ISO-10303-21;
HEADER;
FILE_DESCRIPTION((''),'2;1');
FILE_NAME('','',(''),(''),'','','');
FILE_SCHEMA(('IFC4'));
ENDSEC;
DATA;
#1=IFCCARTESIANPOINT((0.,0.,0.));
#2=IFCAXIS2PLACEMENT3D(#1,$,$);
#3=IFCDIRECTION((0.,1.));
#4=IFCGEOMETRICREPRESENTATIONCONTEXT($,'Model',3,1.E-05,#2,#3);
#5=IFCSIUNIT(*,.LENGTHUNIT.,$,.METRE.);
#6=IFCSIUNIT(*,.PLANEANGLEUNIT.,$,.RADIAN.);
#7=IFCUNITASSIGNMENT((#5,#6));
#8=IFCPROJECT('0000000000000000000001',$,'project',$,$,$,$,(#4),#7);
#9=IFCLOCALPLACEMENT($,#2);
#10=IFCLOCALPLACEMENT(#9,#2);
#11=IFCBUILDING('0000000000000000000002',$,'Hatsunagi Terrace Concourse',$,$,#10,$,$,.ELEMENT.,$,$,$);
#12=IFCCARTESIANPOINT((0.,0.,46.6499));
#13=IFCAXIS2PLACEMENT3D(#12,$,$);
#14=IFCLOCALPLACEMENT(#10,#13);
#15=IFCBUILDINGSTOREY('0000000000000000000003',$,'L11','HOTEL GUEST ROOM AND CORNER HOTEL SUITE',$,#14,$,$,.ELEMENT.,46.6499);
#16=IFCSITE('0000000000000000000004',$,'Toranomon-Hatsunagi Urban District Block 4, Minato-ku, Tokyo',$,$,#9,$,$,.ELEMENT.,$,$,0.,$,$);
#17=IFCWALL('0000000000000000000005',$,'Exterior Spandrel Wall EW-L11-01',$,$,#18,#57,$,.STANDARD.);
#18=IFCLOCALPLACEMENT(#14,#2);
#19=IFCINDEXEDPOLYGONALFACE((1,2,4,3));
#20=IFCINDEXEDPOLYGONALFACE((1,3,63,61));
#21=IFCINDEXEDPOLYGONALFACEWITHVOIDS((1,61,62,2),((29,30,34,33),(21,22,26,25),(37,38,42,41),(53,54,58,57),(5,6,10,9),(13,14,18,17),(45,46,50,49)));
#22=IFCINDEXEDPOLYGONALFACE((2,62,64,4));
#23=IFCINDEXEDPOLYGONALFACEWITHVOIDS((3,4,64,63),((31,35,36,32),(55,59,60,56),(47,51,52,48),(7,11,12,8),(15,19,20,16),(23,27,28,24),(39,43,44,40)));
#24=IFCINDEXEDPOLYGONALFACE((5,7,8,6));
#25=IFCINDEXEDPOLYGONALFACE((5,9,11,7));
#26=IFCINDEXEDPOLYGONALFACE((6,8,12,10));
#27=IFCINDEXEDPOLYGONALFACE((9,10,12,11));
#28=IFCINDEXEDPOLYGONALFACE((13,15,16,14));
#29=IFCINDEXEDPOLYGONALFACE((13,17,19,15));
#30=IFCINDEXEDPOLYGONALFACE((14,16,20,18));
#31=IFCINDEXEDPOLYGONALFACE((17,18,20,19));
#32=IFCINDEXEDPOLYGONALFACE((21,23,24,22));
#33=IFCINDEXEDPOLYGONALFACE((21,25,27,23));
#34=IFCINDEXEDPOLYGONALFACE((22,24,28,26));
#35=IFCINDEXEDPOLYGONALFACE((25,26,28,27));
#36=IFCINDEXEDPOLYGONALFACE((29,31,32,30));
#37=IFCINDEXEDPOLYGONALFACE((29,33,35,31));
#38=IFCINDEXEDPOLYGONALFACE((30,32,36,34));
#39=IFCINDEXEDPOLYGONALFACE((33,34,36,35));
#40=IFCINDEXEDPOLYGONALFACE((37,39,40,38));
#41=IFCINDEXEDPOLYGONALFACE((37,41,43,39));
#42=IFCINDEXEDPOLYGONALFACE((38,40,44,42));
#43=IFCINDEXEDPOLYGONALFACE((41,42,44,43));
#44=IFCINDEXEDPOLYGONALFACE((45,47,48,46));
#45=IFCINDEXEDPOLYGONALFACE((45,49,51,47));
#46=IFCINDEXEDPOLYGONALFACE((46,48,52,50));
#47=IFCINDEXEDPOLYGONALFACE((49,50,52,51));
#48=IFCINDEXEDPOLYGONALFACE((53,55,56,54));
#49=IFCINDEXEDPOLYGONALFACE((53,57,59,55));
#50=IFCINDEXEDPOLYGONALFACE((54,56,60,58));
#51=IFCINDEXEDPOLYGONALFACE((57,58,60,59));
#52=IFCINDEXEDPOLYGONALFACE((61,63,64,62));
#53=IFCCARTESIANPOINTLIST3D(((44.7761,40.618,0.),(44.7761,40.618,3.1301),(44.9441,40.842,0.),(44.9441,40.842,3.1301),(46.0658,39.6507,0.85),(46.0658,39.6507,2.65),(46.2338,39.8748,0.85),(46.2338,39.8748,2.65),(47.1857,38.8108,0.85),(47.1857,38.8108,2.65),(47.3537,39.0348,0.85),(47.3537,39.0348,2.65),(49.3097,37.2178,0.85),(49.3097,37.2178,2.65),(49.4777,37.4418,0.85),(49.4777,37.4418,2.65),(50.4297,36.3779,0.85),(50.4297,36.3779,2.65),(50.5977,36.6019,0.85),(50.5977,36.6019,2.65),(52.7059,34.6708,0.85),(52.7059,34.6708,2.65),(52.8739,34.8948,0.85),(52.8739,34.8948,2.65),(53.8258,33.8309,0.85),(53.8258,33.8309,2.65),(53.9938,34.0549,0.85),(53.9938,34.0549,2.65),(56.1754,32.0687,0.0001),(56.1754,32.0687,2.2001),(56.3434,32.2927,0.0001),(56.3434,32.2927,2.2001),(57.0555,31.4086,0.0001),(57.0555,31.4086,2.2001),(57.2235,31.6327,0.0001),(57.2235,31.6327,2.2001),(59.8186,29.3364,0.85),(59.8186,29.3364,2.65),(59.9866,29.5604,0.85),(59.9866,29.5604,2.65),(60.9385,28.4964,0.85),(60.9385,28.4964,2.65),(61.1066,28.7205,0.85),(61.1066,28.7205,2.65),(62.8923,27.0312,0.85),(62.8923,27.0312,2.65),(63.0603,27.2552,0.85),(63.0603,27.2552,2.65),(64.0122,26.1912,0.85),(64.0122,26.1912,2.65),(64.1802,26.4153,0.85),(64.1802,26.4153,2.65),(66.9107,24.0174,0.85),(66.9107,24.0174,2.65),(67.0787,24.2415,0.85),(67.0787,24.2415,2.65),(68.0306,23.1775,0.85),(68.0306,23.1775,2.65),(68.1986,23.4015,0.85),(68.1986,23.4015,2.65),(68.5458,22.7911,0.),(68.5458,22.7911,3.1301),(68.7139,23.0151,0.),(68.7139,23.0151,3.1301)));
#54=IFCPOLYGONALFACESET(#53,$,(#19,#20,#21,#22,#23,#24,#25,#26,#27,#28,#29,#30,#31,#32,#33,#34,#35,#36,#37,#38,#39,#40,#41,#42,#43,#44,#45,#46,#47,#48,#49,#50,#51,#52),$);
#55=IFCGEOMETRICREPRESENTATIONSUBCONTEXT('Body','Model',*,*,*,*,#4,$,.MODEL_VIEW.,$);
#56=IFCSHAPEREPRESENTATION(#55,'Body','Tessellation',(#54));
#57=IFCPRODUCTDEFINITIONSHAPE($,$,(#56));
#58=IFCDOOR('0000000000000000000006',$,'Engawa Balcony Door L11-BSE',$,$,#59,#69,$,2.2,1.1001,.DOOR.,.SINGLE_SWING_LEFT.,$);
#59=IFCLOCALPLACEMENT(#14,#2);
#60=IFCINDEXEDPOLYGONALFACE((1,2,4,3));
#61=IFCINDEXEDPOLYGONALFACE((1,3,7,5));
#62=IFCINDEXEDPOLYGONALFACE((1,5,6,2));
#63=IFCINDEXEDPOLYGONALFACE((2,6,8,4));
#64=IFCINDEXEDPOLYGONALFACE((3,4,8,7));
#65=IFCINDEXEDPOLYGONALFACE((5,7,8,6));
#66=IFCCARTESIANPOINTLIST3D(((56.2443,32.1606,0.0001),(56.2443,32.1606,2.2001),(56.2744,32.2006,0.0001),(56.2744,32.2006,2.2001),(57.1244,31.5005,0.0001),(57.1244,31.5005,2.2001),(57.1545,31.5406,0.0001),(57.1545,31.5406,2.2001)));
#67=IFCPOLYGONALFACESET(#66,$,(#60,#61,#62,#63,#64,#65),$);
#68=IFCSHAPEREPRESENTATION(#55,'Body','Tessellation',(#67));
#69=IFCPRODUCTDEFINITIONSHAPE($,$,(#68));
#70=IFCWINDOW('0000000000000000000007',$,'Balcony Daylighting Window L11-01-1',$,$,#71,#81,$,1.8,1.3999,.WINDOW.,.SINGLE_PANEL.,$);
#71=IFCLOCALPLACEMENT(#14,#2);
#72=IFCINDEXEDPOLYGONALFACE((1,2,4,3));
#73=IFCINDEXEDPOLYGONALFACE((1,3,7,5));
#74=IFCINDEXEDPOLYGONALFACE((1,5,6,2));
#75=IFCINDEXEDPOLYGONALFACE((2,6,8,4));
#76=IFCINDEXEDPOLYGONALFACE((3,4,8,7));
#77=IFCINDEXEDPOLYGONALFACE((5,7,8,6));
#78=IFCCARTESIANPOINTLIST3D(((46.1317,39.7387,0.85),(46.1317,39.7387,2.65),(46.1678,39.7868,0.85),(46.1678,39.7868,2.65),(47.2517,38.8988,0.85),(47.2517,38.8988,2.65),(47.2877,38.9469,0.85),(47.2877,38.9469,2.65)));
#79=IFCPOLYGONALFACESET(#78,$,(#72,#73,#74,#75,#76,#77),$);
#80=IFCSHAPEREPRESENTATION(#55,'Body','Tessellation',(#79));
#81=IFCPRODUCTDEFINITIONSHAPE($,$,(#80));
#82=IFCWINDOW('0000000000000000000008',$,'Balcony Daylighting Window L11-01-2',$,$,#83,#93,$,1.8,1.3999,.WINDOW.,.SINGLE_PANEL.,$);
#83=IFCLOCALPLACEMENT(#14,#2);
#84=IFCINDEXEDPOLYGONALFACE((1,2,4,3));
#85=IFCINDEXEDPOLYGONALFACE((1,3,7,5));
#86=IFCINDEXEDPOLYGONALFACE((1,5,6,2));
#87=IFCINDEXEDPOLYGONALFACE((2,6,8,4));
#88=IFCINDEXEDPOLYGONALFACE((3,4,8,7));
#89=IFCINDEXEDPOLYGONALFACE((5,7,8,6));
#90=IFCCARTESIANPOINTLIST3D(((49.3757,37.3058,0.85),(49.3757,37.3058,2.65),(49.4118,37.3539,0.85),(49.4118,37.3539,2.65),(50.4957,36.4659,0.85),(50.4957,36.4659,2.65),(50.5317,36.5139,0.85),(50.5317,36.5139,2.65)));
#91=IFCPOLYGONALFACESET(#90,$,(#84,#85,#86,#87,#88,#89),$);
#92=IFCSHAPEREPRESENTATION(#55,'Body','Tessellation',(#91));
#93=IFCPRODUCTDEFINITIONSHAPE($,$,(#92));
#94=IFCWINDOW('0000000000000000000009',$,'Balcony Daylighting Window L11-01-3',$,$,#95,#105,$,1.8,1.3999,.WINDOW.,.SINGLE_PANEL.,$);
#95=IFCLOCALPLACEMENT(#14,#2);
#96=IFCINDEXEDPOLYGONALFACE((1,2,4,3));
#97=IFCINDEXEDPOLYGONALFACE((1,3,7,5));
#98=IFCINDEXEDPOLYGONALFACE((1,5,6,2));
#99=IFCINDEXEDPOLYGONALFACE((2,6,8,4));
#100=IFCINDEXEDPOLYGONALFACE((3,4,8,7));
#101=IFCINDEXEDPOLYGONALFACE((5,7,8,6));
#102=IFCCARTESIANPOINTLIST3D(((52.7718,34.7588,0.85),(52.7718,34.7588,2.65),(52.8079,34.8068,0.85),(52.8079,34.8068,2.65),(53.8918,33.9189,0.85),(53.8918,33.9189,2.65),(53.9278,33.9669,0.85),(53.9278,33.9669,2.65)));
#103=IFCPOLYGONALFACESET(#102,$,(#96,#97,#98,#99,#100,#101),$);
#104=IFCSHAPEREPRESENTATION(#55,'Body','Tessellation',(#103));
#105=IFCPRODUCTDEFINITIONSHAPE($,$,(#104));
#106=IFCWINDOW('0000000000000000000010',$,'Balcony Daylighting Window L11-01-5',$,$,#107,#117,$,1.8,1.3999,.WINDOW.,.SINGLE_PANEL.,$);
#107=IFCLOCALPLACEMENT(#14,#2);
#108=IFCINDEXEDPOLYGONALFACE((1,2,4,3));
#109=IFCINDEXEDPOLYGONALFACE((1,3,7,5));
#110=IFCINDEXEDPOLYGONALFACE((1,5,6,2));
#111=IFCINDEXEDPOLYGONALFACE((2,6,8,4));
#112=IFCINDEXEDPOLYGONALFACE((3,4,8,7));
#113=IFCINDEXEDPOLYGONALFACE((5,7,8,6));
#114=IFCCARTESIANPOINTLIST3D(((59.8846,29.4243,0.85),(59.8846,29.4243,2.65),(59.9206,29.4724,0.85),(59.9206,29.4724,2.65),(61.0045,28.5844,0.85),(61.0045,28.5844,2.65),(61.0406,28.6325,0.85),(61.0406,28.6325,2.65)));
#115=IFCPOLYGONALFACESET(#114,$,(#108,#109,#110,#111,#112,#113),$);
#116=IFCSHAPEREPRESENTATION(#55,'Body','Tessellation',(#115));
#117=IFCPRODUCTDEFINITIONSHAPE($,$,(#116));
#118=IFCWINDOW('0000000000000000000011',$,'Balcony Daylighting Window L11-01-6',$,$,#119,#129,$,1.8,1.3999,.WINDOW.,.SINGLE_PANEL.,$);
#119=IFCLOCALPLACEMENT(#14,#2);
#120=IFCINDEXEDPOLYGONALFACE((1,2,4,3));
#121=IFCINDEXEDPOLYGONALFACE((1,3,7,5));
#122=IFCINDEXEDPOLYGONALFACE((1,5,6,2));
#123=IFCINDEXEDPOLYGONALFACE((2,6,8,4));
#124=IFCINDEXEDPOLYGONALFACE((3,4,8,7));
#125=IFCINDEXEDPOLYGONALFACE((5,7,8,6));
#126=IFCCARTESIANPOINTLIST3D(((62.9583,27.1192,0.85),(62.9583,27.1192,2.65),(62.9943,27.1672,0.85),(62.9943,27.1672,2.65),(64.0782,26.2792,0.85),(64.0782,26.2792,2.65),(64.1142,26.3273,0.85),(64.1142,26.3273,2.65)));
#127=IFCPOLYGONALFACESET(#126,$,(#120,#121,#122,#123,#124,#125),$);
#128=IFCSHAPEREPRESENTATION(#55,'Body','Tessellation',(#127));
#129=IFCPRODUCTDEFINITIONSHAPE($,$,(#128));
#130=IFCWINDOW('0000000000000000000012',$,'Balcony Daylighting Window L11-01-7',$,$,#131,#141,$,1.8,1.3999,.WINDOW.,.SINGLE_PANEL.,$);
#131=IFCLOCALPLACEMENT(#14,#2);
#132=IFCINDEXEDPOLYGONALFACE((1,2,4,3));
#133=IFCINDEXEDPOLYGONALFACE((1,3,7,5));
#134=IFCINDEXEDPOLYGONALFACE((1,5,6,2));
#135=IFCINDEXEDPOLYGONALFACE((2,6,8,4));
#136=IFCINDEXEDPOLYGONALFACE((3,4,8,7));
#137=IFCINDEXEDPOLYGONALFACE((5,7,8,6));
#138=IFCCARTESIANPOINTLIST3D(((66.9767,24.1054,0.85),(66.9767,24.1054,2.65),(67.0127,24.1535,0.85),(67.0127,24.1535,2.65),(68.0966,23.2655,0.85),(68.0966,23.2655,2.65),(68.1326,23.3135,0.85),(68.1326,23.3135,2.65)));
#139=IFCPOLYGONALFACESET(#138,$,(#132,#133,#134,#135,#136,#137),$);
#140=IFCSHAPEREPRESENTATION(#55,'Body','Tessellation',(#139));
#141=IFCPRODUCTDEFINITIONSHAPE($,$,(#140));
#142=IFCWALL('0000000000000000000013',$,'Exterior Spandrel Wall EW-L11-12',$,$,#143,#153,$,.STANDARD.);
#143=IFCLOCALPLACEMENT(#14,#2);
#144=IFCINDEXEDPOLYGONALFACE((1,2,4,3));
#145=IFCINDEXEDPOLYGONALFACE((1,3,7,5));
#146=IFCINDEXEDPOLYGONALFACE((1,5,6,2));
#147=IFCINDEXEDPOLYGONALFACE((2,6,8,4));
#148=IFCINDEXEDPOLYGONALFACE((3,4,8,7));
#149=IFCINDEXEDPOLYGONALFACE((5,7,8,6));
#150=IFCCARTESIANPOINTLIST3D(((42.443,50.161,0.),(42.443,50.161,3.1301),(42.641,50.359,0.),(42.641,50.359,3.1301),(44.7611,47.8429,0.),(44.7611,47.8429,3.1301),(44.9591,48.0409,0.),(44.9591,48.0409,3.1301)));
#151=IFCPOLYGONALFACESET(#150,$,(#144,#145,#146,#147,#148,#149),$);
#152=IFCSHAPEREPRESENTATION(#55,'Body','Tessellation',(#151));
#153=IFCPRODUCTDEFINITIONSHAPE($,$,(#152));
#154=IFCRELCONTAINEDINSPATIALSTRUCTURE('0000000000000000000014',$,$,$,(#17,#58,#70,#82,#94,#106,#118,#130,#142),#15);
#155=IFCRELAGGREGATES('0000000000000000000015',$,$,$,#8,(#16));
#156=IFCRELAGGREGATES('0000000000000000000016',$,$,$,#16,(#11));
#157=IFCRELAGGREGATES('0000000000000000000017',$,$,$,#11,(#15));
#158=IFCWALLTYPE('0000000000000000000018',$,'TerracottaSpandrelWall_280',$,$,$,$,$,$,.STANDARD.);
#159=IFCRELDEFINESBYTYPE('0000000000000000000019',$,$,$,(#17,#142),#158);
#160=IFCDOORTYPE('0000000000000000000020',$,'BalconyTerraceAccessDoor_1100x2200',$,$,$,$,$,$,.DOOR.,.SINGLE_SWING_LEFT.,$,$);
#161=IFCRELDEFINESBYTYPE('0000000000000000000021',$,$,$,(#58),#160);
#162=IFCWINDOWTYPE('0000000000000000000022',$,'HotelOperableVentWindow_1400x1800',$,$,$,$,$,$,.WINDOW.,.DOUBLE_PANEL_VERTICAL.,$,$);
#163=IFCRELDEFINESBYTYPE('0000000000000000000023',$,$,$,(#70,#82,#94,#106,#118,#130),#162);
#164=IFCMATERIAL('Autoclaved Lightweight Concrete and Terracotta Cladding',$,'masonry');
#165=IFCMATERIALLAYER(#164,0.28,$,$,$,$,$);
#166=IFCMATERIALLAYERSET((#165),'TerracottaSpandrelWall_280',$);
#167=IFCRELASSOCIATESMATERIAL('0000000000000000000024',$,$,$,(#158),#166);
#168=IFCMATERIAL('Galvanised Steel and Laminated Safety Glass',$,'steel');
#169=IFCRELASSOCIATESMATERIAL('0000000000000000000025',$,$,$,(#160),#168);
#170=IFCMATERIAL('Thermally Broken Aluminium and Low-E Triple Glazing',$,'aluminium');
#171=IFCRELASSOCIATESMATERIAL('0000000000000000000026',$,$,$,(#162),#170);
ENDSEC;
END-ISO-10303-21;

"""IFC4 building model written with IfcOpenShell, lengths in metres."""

from ifc_helpers import new_model, si_unit, direction, frame, frame_2d, origin, place, context, subcontext, project, spatial, rectangle, extrude, material, layer, layer_set, type_object, element, fill, save


model = new_model("IFC4")

# Units and contexts
model_context = context("Model", 3, precision=1e-05, world=origin(), true_north=direction((0.0, 1.0)))
body_context = subcontext(model_context, "Body", "Model", "MODEL_VIEW")
ifc_project = project(units=[si_unit("LENGTHUNIT", "METRE"), si_unit("PLANEANGLEUNIT", "RADIAN")], contexts=[model_context])

# Site, building, storey
site_placement = place(None, origin())
site = spatial("IfcSite", under=ifc_project, at=site_placement, Name="Toranomon-Hatsunagi Urban District Block 4, Minato-ku, Tokyo", CompositionType="ELEMENT", RefElevation=0.0)
building_placement = place(site_placement, origin())
building = spatial("IfcBuilding", under=site, at=building_placement, Name="Hatsunagi Terrace Concourse", CompositionType="ELEMENT")
storey_placement = place(building_placement, frame((0.0, 0.0, 46.6499)))
storey = spatial("IfcBuildingStorey", under=building, at=storey_placement, Name="L11", Description="HOTEL GUEST ROOM AND CORNER HOTEL SUITE", CompositionType="ELEMENT", Elevation=46.6499)

# Wall, openings, door, windows
ifc_material_1 = material(Name="Autoclaved Lightweight Concrete and Terracotta Cladding", Category="masonry")
ifc_layer_1 = layer(ifc_material_1, 0.28)
ifc_layer_set_1 = layer_set([ifc_layer_1], Name="TerracottaSpandrelWall_280")
wall_type_1 = type_object("IfcWallType", Name="TerracottaSpandrelWall_280", PredefinedType="STANDARD", material=ifc_layer_set_1)
wall_1_placement = place(storey_placement, frame((44.8601, 40.73, 0.0), z_axis=(0.0, 0.0, 1.0), x_axis=(0.800007, -0.599991, 0.0)))
wall_1 = element("IfcWall", 1, at=wall_1_placement, inside=storey, type_object=wall_type_1, Name="Exterior Spandrel Wall EW-L11-01", PredefinedType="STANDARD", context=body_context, shape_type="SweptSolid", body=[
    extrude(rectangle(XDim=29.7119, YDim=0.28, at=frame_2d((14.856, 0.0))), origin(), (0.0, 0.0, 1.0), 3.1301),
])
opening_1_placement = place(wall_1_placement, frame((14.249, 0.0, 0.0)))
opening_1 = element("IfcOpeningElement", 2, at=opening_1_placement, cuts=wall_1, PredefinedType="OPENING", context=body_context, shape_type="SweptSolid", body=[
    extrude(rectangle(XDim=1.1001, YDim=2.2, at=frame_2d((0.55, 1.1001))), frame((0.0, 0.1499, 0.0), z_axis=(0.0, -1.0, 0.0), x_axis=(1.0, 0.0, 0.0)), (0.0, 0.0, 1.0), 0.3),
])
opening_2_placement = place(wall_1_placement, frame((1.6121, 0.0, 0.8501)))
opening_2 = element("IfcOpeningElement", 3, at=opening_2_placement, cuts=wall_1, PredefinedType="OPENING", context=body_context, shape_type="SweptSolid", body=[
    extrude(rectangle(XDim=1.3999, YDim=1.8, at=frame_2d((0.7, 0.8999))), frame((0.0, 0.1499, 0.0), z_axis=(0.0, -1.0, 0.0), x_axis=(1.0, 0.0, 0.0)), (0.0, 0.0, 1.0), 0.3),
])
opening_3_placement = place(wall_1_placement, frame((5.667, 0.0, 0.8501)))
opening_3 = element("IfcOpeningElement", 4, at=opening_3_placement, cuts=wall_1, PredefinedType="OPENING", context=body_context, shape_type="SweptSolid", body=[
    extrude(rectangle(XDim=1.3999, YDim=1.8, at=frame_2d((0.7, 0.8999))), frame((0.0, 0.1499, 0.0), z_axis=(0.0, -1.0, 0.0), x_axis=(1.0, 0.0, 0.0)), (0.0, 0.0, 1.0), 0.3),
])
opening_4_placement = place(wall_1_placement, frame((9.9121, 0.0, 0.8501)))
opening_4 = element("IfcOpeningElement", 5, at=opening_4_placement, cuts=wall_1, PredefinedType="OPENING", context=body_context, shape_type="SweptSolid", body=[
    extrude(rectangle(XDim=1.3999, YDim=1.8, at=frame_2d((0.7, 0.8999))), frame((0.0, 0.1499, 0.0), z_axis=(0.0, -1.0, 0.0), x_axis=(1.0, 0.0, 0.0)), (0.0, 0.0, 1.0), 0.3),
])
opening_5_placement = place(wall_1_placement, frame((18.803, 0.0, 0.8501)))
opening_5 = element("IfcOpeningElement", 6, at=opening_5_placement, cuts=wall_1, PredefinedType="OPENING", context=body_context, shape_type="SweptSolid", body=[
    extrude(rectangle(XDim=1.3999, YDim=1.8, at=frame_2d((0.7, 0.8999))), frame((0.0, 0.1499, 0.0), z_axis=(0.0, -1.0, 0.0), x_axis=(1.0, 0.0, 0.0)), (0.0, 0.0, 1.0), 0.3),
])
opening_6_placement = place(wall_1_placement, frame((22.645, 0.0, 0.8501)))
opening_6 = element("IfcOpeningElement", 7, at=opening_6_placement, cuts=wall_1, PredefinedType="OPENING", context=body_context, shape_type="SweptSolid", body=[
    extrude(rectangle(XDim=1.3999, YDim=1.8, at=frame_2d((0.7, 0.8999))), frame((0.0, 0.1499, 0.0), z_axis=(0.0, -1.0, 0.0), x_axis=(1.0, 0.0, 0.0)), (0.0, 0.0, 1.0), 0.3),
])
opening_7_placement = place(wall_1_placement, frame((27.668, 0.0, 0.8501)))
opening_7 = element("IfcOpeningElement", 8, at=opening_7_placement, cuts=wall_1, PredefinedType="OPENING", context=body_context, shape_type="SweptSolid", body=[
    extrude(rectangle(XDim=1.3999, YDim=1.8, at=frame_2d((0.7, 0.8999))), frame((0.0, 0.1499, 0.0), z_axis=(0.0, -1.0, 0.0), x_axis=(1.0, 0.0, 0.0)), (0.0, 0.0, 1.0), 0.3),
])
ifc_material_2 = material(Name="Galvanised Steel and Laminated Safety Glass", Category="steel")
door_type = type_object("IfcDoorType", Name="BalconyTerraceAccessDoor_1100x2200", OperationType="SINGLE_SWING_LEFT", PredefinedType="DOOR", material=ifc_material_2)
door_placement = place(opening_1_placement, origin())
door = element("IfcDoor", 9, at=door_placement, inside=storey, type_object=door_type, Name="Engawa Balcony Door L11-BSE", OperationType="SINGLE_SWING_LEFT", OverallHeight=2.2, OverallWidth=1.1001, PredefinedType="DOOR", context=body_context, shape_type="SweptSolid", body=[
    extrude(rectangle(XDim=1.1001, YDim=2.2, at=frame_2d((0.55, 1.1001))), frame((0.0, 0.0249, 0.0), z_axis=(0.0, -1.0, 0.0), x_axis=(1.0, 0.0, 0.0)), (0.0, 0.0, 1.0), 0.05),
])
fill(opening_1, door)
ifc_material_3 = material(Name="Thermally Broken Aluminium and Low-E Triple Glazing", Category="aluminium")
window_type = type_object("IfcWindowType", Name="HotelOperableVentWindow_1400x1800", PartitioningType="DOUBLE_PANEL_VERTICAL", PredefinedType="WINDOW", material=ifc_material_3)
window_1_placement = place(opening_2_placement, origin())
window_1 = element("IfcWindow", 10, at=window_1_placement, inside=storey, type_object=window_type, Name="Balcony Daylighting Window L11-01-1", OverallHeight=1.8, OverallWidth=1.3999, PartitioningType="SINGLE_PANEL", PredefinedType="WINDOW", context=body_context, shape_type="SweptSolid", body=[
    extrude(rectangle(XDim=1.3999, YDim=1.8, at=frame_2d((0.7, 0.8999))), frame((0.0, 0.03, 0.0), z_axis=(0.0, -1.0, 0.0), x_axis=(1.0, 0.0, 0.0)), (0.0, 0.0, 1.0), 0.0601),
])
fill(opening_2, window_1)
window_2_placement = place(opening_3_placement, origin())
window_2 = element("IfcWindow", 11, at=window_2_placement, inside=storey, type_object=window_type, Name="Balcony Daylighting Window L11-01-2", OverallHeight=1.8, OverallWidth=1.3999, PartitioningType="SINGLE_PANEL", PredefinedType="WINDOW", context=body_context, shape_type="SweptSolid", body=[
    extrude(rectangle(XDim=1.3999, YDim=1.8, at=frame_2d((0.7, 0.8999))), frame((0.0, 0.03, 0.0), z_axis=(0.0, -1.0, 0.0), x_axis=(1.0, 0.0, 0.0)), (0.0, 0.0, 1.0), 0.0601),
])
fill(opening_3, window_2)
window_3_placement = place(opening_4_placement, origin())
window_3 = element("IfcWindow", 12, at=window_3_placement, inside=storey, type_object=window_type, Name="Balcony Daylighting Window L11-01-3", OverallHeight=1.8, OverallWidth=1.3999, PartitioningType="SINGLE_PANEL", PredefinedType="WINDOW", context=body_context, shape_type="SweptSolid", body=[
    extrude(rectangle(XDim=1.3999, YDim=1.8, at=frame_2d((0.7, 0.8999))), frame((0.0, 0.03, 0.0), z_axis=(0.0, -1.0, 0.0), x_axis=(1.0, 0.0, 0.0)), (0.0, 0.0, 1.0), 0.0601),
])
fill(opening_4, window_3)
window_4_placement = place(opening_5_placement, origin())
window_4 = element("IfcWindow", 13, at=window_4_placement, inside=storey, type_object=window_type, Name="Balcony Daylighting Window L11-01-5", OverallHeight=1.8, OverallWidth=1.3999, PartitioningType="SINGLE_PANEL", PredefinedType="WINDOW", context=body_context, shape_type="SweptSolid", body=[
    extrude(rectangle(XDim=1.3999, YDim=1.8, at=frame_2d((0.7, 0.8999))), frame((0.0, 0.03, 0.0), z_axis=(0.0, -1.0, 0.0), x_axis=(1.0, 0.0, 0.0)), (0.0, 0.0, 1.0), 0.0601),
])
fill(opening_5, window_4)
window_5_placement = place(opening_6_placement, origin())
window_5 = element("IfcWindow", 14, at=window_5_placement, inside=storey, type_object=window_type, Name="Balcony Daylighting Window L11-01-6", OverallHeight=1.8, OverallWidth=1.3999, PartitioningType="SINGLE_PANEL", PredefinedType="WINDOW", context=body_context, shape_type="SweptSolid", body=[
    extrude(rectangle(XDim=1.3999, YDim=1.8, at=frame_2d((0.7, 0.8999))), frame((0.0, 0.03, 0.0), z_axis=(0.0, -1.0, 0.0), x_axis=(1.0, 0.0, 0.0)), (0.0, 0.0, 1.0), 0.0601),
])
fill(opening_6, window_5)
window_6_placement = place(opening_7_placement, origin())
window_6 = element("IfcWindow", 15, at=window_6_placement, inside=storey, type_object=window_type, Name="Balcony Daylighting Window L11-01-7", OverallHeight=1.8, OverallWidth=1.3999, PartitioningType="SINGLE_PANEL", PredefinedType="WINDOW", context=body_context, shape_type="SweptSolid", body=[
    extrude(rectangle(XDim=1.3999, YDim=1.8, at=frame_2d((0.7, 0.8999))), frame((0.0, 0.03, 0.0), z_axis=(0.0, -1.0, 0.0), x_axis=(1.0, 0.0, 0.0)), (0.0, 0.0, 1.0), 0.0601),
])
fill(opening_7, window_6)

# Wall
wall_2_placement = place(storey_placement, frame((42.542, 50.26, 0.0), z_axis=(0.0, 0.0, 1.0), x_axis=(0.707107, -0.707107, 0.0)))
element("IfcWall", 16, at=wall_2_placement, inside=storey, type_object=wall_type_1, Name="Exterior Spandrel Wall EW-L11-12", PredefinedType="STANDARD", context=body_context, shape_type="SweptSolid", body=[
    extrude(rectangle(XDim=3.2783, YDim=0.28, at=frame_2d((1.6392, 0.0))), origin(), (0.0, 0.0, 1.0), 3.1301),
])

save(model, "model.ifc")
